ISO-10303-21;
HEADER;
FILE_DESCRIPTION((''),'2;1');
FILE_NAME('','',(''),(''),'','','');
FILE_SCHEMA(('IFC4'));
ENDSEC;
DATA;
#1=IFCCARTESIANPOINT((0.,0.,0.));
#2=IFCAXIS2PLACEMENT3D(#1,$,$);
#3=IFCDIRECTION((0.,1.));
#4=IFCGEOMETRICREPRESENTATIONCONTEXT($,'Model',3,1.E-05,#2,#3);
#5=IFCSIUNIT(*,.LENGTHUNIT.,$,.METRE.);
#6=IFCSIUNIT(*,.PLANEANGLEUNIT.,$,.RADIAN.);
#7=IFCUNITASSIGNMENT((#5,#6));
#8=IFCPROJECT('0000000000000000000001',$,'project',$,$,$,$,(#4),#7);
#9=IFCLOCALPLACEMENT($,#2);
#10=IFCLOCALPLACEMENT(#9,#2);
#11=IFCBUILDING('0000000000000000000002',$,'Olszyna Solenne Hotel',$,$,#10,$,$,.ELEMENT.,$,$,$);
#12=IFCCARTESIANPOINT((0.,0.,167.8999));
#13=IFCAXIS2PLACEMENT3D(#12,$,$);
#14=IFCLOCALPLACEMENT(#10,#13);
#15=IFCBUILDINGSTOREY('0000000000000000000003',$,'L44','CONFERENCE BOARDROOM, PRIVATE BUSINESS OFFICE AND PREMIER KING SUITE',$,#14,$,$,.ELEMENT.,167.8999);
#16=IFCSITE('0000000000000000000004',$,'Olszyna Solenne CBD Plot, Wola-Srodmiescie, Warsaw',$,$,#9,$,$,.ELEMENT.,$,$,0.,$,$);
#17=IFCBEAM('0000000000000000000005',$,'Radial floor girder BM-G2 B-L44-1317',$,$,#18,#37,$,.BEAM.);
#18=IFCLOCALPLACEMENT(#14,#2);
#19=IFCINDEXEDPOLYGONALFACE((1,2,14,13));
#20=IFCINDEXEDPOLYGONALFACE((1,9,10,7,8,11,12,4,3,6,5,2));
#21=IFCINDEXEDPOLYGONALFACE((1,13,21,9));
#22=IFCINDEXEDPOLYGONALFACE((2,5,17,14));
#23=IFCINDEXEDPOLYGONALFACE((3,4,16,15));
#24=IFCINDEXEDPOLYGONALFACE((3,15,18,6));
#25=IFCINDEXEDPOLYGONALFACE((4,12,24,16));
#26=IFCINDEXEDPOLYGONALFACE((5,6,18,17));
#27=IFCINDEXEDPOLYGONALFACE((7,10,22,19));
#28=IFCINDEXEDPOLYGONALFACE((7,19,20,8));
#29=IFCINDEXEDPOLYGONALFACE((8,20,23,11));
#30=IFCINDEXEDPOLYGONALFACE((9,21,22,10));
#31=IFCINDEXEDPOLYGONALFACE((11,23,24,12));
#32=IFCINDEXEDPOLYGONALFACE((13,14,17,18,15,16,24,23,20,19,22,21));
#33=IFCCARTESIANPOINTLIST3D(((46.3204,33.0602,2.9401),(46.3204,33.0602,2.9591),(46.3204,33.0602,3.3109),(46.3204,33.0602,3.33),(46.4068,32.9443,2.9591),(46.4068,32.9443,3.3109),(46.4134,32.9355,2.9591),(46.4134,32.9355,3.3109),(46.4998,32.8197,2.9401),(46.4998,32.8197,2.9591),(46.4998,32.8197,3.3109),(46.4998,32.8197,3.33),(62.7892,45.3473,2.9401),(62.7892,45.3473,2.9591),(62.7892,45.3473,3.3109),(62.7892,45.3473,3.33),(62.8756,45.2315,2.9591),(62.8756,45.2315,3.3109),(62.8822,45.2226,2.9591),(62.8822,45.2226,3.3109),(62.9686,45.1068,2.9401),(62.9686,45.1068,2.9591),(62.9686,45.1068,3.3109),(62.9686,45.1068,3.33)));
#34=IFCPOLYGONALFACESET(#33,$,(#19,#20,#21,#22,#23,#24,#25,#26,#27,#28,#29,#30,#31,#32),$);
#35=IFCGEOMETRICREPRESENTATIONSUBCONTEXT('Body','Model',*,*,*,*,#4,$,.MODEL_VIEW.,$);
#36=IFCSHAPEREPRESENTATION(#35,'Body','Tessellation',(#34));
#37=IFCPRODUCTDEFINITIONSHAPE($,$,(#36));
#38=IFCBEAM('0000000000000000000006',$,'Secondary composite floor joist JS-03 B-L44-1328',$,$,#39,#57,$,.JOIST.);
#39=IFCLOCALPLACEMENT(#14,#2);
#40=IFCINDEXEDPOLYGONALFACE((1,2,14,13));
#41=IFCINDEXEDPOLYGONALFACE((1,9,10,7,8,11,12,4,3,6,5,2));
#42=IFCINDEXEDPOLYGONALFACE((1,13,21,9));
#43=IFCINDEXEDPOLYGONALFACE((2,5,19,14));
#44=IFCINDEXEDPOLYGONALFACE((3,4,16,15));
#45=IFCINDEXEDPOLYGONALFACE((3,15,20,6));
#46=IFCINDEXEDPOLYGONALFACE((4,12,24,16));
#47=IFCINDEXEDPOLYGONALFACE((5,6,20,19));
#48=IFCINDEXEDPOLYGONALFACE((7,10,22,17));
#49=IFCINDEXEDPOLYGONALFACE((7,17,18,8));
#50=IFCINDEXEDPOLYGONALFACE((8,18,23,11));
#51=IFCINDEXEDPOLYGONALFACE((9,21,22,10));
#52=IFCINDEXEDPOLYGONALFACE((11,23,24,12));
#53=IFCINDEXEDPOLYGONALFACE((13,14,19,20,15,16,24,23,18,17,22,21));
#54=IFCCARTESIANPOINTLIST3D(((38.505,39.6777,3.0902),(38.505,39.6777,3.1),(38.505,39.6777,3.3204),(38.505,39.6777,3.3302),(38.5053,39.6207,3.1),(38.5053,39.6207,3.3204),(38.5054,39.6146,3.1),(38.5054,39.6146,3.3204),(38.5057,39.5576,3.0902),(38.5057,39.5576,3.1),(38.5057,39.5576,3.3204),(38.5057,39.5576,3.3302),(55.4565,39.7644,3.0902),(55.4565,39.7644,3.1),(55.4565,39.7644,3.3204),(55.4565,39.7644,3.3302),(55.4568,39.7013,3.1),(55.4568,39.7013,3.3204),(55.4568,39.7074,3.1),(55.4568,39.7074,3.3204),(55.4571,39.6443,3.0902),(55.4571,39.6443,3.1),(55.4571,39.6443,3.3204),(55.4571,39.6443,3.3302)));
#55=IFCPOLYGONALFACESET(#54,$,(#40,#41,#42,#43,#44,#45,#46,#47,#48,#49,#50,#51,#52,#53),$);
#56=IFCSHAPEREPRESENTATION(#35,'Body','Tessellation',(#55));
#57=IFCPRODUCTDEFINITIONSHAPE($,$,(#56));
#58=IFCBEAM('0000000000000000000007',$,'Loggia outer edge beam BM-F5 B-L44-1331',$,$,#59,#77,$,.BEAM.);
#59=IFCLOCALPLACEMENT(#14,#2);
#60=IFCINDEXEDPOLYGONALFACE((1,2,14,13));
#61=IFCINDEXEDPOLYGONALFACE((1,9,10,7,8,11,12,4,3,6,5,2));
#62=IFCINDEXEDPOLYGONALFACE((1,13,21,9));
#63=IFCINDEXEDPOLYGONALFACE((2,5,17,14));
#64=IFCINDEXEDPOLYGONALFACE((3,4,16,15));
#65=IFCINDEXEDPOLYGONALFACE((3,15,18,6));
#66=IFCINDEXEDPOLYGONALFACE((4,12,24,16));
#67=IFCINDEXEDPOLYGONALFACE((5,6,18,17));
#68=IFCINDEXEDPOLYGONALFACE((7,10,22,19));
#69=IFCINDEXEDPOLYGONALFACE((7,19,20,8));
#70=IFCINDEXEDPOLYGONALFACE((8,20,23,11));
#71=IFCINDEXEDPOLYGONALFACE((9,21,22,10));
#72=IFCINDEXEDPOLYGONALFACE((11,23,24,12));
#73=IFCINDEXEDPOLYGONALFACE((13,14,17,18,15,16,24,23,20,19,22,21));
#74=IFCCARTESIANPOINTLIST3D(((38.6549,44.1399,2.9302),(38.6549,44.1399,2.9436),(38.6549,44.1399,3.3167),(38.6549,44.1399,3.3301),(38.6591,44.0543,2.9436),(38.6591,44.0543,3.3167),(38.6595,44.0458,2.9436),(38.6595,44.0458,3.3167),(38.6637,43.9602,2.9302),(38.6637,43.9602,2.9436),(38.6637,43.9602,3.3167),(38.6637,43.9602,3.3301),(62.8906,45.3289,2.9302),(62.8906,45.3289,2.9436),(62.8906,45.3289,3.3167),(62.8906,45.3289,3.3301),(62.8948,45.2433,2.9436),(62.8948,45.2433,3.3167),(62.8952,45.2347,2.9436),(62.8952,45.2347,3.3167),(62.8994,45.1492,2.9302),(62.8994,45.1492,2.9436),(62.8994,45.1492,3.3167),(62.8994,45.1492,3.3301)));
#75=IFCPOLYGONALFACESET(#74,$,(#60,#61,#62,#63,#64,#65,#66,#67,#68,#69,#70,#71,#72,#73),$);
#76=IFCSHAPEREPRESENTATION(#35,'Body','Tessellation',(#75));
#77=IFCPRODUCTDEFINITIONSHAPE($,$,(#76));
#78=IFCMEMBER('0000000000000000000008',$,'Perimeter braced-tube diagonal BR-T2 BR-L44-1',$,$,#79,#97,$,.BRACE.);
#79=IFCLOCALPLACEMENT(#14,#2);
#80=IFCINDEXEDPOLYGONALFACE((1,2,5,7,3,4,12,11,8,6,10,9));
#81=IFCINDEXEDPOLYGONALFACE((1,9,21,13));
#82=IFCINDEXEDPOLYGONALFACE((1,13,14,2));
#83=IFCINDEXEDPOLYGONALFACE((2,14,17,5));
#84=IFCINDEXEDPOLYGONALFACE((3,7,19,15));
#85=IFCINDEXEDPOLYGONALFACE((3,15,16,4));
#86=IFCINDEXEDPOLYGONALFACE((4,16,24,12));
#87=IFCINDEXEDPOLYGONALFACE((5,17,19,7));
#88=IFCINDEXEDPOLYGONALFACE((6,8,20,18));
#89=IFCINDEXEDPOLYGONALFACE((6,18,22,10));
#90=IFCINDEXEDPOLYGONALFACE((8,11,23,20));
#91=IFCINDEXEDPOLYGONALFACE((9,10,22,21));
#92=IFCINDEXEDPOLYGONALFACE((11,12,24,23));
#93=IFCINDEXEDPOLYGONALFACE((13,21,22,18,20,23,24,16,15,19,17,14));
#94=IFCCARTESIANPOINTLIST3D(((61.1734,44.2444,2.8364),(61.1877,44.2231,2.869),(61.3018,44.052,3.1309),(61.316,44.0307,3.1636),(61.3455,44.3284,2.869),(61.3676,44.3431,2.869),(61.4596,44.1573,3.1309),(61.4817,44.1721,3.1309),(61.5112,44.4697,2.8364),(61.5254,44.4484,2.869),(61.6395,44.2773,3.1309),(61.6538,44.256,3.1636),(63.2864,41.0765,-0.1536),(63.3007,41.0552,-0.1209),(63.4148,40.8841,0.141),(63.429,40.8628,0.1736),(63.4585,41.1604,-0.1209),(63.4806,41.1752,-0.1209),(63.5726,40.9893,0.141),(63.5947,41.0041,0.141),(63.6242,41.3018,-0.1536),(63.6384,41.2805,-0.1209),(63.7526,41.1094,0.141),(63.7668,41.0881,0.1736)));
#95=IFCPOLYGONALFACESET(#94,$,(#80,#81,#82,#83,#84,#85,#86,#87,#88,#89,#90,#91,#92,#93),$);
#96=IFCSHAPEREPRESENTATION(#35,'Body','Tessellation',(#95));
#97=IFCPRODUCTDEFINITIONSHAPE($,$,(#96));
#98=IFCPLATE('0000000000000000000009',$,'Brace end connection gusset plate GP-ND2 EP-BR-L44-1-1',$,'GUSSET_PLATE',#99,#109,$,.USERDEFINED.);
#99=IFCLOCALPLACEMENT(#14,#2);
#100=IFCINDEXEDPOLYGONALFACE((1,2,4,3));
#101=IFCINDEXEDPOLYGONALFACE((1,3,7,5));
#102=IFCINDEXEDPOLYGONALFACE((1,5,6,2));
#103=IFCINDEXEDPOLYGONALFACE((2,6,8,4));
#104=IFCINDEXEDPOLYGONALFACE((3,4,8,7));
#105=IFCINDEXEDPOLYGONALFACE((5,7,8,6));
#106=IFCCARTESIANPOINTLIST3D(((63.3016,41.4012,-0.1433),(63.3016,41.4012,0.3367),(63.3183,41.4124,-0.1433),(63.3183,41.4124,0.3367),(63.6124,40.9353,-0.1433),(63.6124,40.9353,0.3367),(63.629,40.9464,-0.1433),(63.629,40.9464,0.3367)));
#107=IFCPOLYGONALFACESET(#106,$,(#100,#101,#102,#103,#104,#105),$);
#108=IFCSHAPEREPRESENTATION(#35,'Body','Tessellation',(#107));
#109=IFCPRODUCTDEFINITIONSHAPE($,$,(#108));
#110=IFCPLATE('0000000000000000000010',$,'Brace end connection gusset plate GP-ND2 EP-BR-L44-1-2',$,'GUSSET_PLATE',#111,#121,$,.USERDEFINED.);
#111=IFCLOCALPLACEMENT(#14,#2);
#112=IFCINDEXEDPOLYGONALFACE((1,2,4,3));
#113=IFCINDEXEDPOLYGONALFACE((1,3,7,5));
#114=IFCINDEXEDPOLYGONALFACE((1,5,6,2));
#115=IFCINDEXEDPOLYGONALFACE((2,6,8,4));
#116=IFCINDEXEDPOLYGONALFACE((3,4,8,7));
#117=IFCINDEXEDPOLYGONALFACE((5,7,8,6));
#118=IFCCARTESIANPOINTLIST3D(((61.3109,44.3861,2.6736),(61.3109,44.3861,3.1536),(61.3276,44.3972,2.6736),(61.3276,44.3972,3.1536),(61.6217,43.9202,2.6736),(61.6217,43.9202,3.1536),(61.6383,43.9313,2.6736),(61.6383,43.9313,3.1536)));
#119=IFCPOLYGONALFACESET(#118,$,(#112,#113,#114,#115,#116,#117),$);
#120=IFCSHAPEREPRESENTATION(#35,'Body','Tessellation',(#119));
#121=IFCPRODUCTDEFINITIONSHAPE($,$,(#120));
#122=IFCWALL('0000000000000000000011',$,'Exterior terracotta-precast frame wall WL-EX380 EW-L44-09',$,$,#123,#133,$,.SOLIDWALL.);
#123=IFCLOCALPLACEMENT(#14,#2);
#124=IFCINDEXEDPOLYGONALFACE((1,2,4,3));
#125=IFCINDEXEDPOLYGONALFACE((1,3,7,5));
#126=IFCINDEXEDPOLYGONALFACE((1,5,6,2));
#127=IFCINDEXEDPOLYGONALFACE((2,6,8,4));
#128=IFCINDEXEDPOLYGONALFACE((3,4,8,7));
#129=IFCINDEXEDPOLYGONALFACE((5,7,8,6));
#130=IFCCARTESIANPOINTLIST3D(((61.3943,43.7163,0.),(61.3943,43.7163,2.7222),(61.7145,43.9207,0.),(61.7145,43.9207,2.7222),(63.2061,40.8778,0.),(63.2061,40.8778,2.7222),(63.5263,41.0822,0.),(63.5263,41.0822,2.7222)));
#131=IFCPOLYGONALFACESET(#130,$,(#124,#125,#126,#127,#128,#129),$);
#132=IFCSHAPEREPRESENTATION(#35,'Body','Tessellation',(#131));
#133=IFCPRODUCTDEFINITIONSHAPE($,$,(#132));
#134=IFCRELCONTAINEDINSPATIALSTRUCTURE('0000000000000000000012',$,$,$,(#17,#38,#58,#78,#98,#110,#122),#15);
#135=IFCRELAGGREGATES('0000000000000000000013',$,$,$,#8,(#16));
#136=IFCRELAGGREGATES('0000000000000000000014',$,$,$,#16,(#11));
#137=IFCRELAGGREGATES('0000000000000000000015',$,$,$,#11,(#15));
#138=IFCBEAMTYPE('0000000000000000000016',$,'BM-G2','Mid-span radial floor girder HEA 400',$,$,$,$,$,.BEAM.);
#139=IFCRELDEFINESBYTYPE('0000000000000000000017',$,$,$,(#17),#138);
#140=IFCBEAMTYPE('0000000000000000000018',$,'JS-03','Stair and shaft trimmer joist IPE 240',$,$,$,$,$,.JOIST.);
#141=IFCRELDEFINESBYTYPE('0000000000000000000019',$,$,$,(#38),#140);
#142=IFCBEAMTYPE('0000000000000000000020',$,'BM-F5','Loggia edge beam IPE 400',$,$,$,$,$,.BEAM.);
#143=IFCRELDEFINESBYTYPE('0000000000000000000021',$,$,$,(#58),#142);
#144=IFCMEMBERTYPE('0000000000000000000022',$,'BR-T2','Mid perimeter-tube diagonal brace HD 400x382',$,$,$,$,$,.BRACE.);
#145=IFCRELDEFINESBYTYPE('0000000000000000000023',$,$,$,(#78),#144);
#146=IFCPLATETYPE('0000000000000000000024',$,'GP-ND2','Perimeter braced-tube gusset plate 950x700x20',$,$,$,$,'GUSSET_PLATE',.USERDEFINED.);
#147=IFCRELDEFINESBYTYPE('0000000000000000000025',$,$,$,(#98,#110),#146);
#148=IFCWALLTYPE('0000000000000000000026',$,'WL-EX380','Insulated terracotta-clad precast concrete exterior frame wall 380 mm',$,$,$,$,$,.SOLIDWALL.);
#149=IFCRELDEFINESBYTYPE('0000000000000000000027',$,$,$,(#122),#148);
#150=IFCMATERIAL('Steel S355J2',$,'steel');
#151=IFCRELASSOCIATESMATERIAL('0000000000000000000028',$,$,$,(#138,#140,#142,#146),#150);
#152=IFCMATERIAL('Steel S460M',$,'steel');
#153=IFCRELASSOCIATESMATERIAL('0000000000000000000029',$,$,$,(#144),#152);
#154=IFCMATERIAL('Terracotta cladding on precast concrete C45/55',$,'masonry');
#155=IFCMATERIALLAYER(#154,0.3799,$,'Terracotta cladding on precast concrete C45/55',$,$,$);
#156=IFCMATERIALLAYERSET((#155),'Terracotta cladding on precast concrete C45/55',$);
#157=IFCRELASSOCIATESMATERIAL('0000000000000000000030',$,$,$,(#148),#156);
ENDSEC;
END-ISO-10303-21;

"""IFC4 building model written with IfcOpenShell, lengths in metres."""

from ifc_helpers import new_model, si_unit, direction, frame, frame_2d, origin, origin_2d, place, context, subcontext, project, spatial, rectangle, i_section, extrude, source, transform, mapped, material, layer, layer_set, material_profile, profile_set, type_object, element, save


model = new_model("IFC4")

# Units and contexts
model_context = context("Model", 3, precision=1e-05, world=origin(), true_north=direction((0.0, 1.0)))
body_context = subcontext(model_context, "Body", "Model", "MODEL_VIEW")
ifc_project = project(units=[si_unit("LENGTHUNIT", "METRE"), si_unit("PLANEANGLEUNIT", "RADIAN")], contexts=[model_context])

# Site, building, storey
site_placement = place(None, origin())
site = spatial("IfcSite", under=ifc_project, at=site_placement, Name="Olszyna Solenne CBD Plot, Wola-Srodmiescie, Warsaw", CompositionType="ELEMENT", RefElevation=0.0)
building_placement = place(site_placement, origin())
building = spatial("IfcBuilding", under=site, at=building_placement, Name="Olszyna Solenne Hotel", CompositionType="ELEMENT")
storey_placement = place(building_placement, frame((0.0, 0.0, 167.8999)))
storey = spatial("IfcBuildingStorey", under=building, at=storey_placement, Name="L44", Description="CONFERENCE BOARDROOM, PRIVATE BUSINESS OFFICE AND PREMIER KING SUITE", CompositionType="ELEMENT", Elevation=167.8999)

# Shared definitions
ifc_material_1 = material(Name="Steel S460M", Category="steel")

# Beams
ifc_material_2 = material(Name="Steel S355J2", Category="steel")
ifc_material_profile_1 = material_profile(ifc_material_2, i_section(OverallWidth=0.3, OverallDepth=0.3899, WebThickness=0.011, FlangeThickness=0.019, at=origin_2d()), Name="HEA 400", Category="load-bearing")
ifc_profile_set_1 = profile_set([ifc_material_profile_1], Name="Steel S355J2")
beam_type_1 = type_object("IfcBeamType", Name="BM-G2", Description="Mid-span radial floor girder HEA 400", PredefinedType="BEAM", material=ifc_profile_set_1)
shared_shape_1 = source(origin(), body_context, "Body", "SweptSolid", [
    extrude(i_section(OverallWidth=0.3, OverallDepth=0.3899, WebThickness=0.011, FlangeThickness=0.019, at=origin_2d()), origin(), (0.0, 0.0, 1.0), 20.5474),
])
beam_1_placement = place(storey_placement, frame((62.8789, 45.2271, 3.135), z_axis=(-0.801503, -0.597991, 0.0), x_axis=(0.597991, -0.801503, 0.0)))
element("IfcBeam", 1, at=beam_1_placement, inside=storey, type_object=beam_type_1, Name="Radial floor girder BM-G2 B-L44-1317", PredefinedType="BEAM", context=body_context, shape_type="MappedRepresentation", body=[
    mapped(shared_shape_1, transform((0.0, 0.0, 0.0), x_axis=(1.0, 0.0, 0.0), y_axis=(0.0, 1.0, 0.0), z_axis=(0.0, 0.0, 1.0), scale=1.0)),
])
ifc_material_profile_2 = material_profile(ifc_material_2, i_section(OverallWidth=0.1201, OverallDepth=0.24, WebThickness=0.0061, FlangeThickness=0.0098, at=origin_2d()), Name="IPE 240", Category="load-bearing")
ifc_profile_set_2 = profile_set([ifc_material_profile_2], Name="Steel S355J2")
beam_type_2 = type_object("IfcBeamType", Name="JS-03", Description="Stair and shaft trimmer joist IPE 240", PredefinedType="JOIST", material=ifc_profile_set_2)
shared_shape_2 = source(origin(), body_context, "Body", "SweptSolid", [
    extrude(i_section(OverallWidth=0.1201, OverallDepth=0.24, WebThickness=0.0061, FlangeThickness=0.0098, at=origin_2d()), origin(), (0.0, 0.0, 1.0), 16.9517),
])
beam_2_placement = place(storey_placement, frame((55.4568, 39.7043, 3.2102), z_axis=(-0.999987, -0.005113, 0.0), x_axis=(0.005113, -0.999987, 0.0)))
element("IfcBeam", 2, at=beam_2_placement, inside=storey, type_object=beam_type_2, Name="Secondary composite floor joist JS-03 B-L44-1328", PredefinedType="JOIST", context=body_context, shape_type="MappedRepresentation", body=[
    mapped(shared_shape_2, transform((0.0, 0.0, 0.0), x_axis=(1.0, 0.0, 0.0), y_axis=(0.0, 1.0, 0.0), z_axis=(0.0, 0.0, 1.0), scale=1.0)),
])
ifc_material_profile_3 = material_profile(ifc_material_2, i_section(OverallWidth=0.1799, OverallDepth=0.3999, WebThickness=0.0085, FlangeThickness=0.0134, at=origin_2d()), Name="IPE 400", Category="load-bearing")
ifc_profile_set_3 = profile_set([ifc_material_profile_3], Name="Steel S355J2")
beam_type_3 = type_object("IfcBeamType", Name="BM-F5", Description="Loggia edge beam IPE 400", PredefinedType="BEAM", material=ifc_profile_set_3)
shared_shape_3 = source(origin(), body_context, "Body", "SweptSolid", [
    extrude(i_section(OverallWidth=0.1799, OverallDepth=0.3999, WebThickness=0.0085, FlangeThickness=0.0134, at=origin_2d()), origin(), (0.0, 0.0, 1.0), 24.2649),
])
beam_3_placement = place(storey_placement, frame((62.895, 45.239, 3.1301), z_axis=(-0.998799, -0.048999, 0.0), x_axis=(0.048999, -0.998799, 0.0)))
element("IfcBeam", 3, at=beam_3_placement, inside=storey, type_object=beam_type_3, Name="Loggia outer edge beam BM-F5 B-L44-1331", PredefinedType="BEAM", context=body_context, shape_type="MappedRepresentation", body=[
    mapped(shared_shape_3, transform((0.0, 0.0, 0.0), x_axis=(1.0, 0.0, 0.0), y_axis=(0.0, 1.0, 0.0), z_axis=(0.0, 0.0, 1.0), scale=1.0)),
])

# Member
ifc_material_profile_4 = material_profile(ifc_material_1, i_section(OverallWidth=0.406, OverallDepth=0.416, WebThickness=0.0266, FlangeThickness=0.0415, at=origin_2d()), Name="HD 400x382", Category="load-bearing")
ifc_profile_set_4 = profile_set([ifc_material_profile_4], Name="Steel S460M")
member_type = type_object("IfcMemberType", Name="BR-T2", Description="Mid perimeter-tube diagonal brace HD 400x382", PredefinedType="BRACE", material=ifc_profile_set_4)
shared_shape_4 = source(origin(), body_context, "Body", "SweptSolid", [
    extrude(i_section(OverallWidth=0.406, OverallDepth=0.416, WebThickness=0.0266, FlangeThickness=0.0415, at=origin_2d()), origin(), (0.0, 0.0, 1.0), 4.8416),
])
member_placement = place(storey_placement, frame((63.5266, 41.0823, 0.01), z_axis=(-0.436435, 0.654324, 0.617564), x_axis=(-0.831922, -0.554893, 0.0)))
element("IfcMember", 4, at=member_placement, inside=storey, type_object=member_type, Name="Perimeter braced-tube diagonal BR-T2 BR-L44-1", PredefinedType="BRACE", context=body_context, shape_type="MappedRepresentation", body=[
    mapped(shared_shape_4, transform((0.0, 0.0, 0.0), x_axis=(1.0, 0.0, 0.0), y_axis=(0.0, 1.0, 0.0), z_axis=(0.0, 0.0, 1.0), scale=1.0)),
])

# Plates
plate_type = type_object("IfcPlateType", Name="GP-ND2", Description="Perimeter braced-tube gusset plate 950x700x20", ElementType="GUSSET_PLATE", PredefinedType="USERDEFINED", material=ifc_material_2)
shared_shape_5 = source(origin(), body_context, "Body", "SweptSolid", [
    extrude(rectangle(XDim=0.5601, YDim=0.02, at=origin_2d()), origin(), (0.0, 0.0, 1.0), 0.48),
])
for number, where, z_axis, x_axis, name in (
    (5, (63.4653, 41.1738, -0.1433), (0.0, 0.0, 1.0), (-0.554844, 0.831954, 0.0), "Brace end connection gusset plate GP-ND2 EP-BR-L44-1-1"),
    (6, (61.4746, 44.1587, 2.6736), (0.0, 0.0, 1.0), (-0.554844, 0.831954, 0.0), "Brace end connection gusset plate GP-ND2 EP-BR-L44-1-2"),
):
    element("IfcPlate", number, at=place(storey_placement, frame(where, z_axis=z_axis, x_axis=x_axis)), inside=storey, type_object=plate_type, Name=name, ObjectType="GUSSET_PLATE", PredefinedType="USERDEFINED", context=body_context, shape_type="MappedRepresentation", body=[
        mapped(shared_shape_5, transform((0.0, 0.0, 0.0), x_axis=(1.0, 0.0, 0.0), y_axis=(0.0, 1.0, 0.0), z_axis=(0.0, 0.0, 1.0), scale=1.0)),
    ])

# Wall
ifc_material_3 = material(Name="Terracotta cladding on precast concrete C45/55", Category="masonry")
ifc_layer_1 = layer(ifc_material_3, 0.3799, Name="Terracotta cladding on precast concrete C45/55")
ifc_layer_set_1 = layer_set([ifc_layer_1], Name="Terracotta cladding on precast concrete C45/55")
wall_type_1 = type_object("IfcWallType", Name="WL-EX380", Description="Insulated terracotta-clad precast concrete exterior frame wall 380 mm", PredefinedType="SOLIDWALL", material=ifc_layer_set_1)
wall_1_placement = place(storey_placement, frame((61.5544, 43.8184, 0.0), z_axis=(0.0, 0.0, 1.0), x_axis=(0.538043, -0.842917, 0.0)))
element("IfcWall", 7, at=wall_1_placement, inside=storey, type_object=wall_type_1, Name="Exterior terracotta-precast frame wall WL-EX380 EW-L44-09", PredefinedType="SOLIDWALL", context=body_context, shape_type="SweptSolid", body=[
    extrude(rectangle(XDim=3.3674, YDim=0.3799, at=frame_2d((1.6836, 0.0))), origin(), (0.0, 0.0, 1.0), 2.7222),
])

save(model, "model.ifc")
